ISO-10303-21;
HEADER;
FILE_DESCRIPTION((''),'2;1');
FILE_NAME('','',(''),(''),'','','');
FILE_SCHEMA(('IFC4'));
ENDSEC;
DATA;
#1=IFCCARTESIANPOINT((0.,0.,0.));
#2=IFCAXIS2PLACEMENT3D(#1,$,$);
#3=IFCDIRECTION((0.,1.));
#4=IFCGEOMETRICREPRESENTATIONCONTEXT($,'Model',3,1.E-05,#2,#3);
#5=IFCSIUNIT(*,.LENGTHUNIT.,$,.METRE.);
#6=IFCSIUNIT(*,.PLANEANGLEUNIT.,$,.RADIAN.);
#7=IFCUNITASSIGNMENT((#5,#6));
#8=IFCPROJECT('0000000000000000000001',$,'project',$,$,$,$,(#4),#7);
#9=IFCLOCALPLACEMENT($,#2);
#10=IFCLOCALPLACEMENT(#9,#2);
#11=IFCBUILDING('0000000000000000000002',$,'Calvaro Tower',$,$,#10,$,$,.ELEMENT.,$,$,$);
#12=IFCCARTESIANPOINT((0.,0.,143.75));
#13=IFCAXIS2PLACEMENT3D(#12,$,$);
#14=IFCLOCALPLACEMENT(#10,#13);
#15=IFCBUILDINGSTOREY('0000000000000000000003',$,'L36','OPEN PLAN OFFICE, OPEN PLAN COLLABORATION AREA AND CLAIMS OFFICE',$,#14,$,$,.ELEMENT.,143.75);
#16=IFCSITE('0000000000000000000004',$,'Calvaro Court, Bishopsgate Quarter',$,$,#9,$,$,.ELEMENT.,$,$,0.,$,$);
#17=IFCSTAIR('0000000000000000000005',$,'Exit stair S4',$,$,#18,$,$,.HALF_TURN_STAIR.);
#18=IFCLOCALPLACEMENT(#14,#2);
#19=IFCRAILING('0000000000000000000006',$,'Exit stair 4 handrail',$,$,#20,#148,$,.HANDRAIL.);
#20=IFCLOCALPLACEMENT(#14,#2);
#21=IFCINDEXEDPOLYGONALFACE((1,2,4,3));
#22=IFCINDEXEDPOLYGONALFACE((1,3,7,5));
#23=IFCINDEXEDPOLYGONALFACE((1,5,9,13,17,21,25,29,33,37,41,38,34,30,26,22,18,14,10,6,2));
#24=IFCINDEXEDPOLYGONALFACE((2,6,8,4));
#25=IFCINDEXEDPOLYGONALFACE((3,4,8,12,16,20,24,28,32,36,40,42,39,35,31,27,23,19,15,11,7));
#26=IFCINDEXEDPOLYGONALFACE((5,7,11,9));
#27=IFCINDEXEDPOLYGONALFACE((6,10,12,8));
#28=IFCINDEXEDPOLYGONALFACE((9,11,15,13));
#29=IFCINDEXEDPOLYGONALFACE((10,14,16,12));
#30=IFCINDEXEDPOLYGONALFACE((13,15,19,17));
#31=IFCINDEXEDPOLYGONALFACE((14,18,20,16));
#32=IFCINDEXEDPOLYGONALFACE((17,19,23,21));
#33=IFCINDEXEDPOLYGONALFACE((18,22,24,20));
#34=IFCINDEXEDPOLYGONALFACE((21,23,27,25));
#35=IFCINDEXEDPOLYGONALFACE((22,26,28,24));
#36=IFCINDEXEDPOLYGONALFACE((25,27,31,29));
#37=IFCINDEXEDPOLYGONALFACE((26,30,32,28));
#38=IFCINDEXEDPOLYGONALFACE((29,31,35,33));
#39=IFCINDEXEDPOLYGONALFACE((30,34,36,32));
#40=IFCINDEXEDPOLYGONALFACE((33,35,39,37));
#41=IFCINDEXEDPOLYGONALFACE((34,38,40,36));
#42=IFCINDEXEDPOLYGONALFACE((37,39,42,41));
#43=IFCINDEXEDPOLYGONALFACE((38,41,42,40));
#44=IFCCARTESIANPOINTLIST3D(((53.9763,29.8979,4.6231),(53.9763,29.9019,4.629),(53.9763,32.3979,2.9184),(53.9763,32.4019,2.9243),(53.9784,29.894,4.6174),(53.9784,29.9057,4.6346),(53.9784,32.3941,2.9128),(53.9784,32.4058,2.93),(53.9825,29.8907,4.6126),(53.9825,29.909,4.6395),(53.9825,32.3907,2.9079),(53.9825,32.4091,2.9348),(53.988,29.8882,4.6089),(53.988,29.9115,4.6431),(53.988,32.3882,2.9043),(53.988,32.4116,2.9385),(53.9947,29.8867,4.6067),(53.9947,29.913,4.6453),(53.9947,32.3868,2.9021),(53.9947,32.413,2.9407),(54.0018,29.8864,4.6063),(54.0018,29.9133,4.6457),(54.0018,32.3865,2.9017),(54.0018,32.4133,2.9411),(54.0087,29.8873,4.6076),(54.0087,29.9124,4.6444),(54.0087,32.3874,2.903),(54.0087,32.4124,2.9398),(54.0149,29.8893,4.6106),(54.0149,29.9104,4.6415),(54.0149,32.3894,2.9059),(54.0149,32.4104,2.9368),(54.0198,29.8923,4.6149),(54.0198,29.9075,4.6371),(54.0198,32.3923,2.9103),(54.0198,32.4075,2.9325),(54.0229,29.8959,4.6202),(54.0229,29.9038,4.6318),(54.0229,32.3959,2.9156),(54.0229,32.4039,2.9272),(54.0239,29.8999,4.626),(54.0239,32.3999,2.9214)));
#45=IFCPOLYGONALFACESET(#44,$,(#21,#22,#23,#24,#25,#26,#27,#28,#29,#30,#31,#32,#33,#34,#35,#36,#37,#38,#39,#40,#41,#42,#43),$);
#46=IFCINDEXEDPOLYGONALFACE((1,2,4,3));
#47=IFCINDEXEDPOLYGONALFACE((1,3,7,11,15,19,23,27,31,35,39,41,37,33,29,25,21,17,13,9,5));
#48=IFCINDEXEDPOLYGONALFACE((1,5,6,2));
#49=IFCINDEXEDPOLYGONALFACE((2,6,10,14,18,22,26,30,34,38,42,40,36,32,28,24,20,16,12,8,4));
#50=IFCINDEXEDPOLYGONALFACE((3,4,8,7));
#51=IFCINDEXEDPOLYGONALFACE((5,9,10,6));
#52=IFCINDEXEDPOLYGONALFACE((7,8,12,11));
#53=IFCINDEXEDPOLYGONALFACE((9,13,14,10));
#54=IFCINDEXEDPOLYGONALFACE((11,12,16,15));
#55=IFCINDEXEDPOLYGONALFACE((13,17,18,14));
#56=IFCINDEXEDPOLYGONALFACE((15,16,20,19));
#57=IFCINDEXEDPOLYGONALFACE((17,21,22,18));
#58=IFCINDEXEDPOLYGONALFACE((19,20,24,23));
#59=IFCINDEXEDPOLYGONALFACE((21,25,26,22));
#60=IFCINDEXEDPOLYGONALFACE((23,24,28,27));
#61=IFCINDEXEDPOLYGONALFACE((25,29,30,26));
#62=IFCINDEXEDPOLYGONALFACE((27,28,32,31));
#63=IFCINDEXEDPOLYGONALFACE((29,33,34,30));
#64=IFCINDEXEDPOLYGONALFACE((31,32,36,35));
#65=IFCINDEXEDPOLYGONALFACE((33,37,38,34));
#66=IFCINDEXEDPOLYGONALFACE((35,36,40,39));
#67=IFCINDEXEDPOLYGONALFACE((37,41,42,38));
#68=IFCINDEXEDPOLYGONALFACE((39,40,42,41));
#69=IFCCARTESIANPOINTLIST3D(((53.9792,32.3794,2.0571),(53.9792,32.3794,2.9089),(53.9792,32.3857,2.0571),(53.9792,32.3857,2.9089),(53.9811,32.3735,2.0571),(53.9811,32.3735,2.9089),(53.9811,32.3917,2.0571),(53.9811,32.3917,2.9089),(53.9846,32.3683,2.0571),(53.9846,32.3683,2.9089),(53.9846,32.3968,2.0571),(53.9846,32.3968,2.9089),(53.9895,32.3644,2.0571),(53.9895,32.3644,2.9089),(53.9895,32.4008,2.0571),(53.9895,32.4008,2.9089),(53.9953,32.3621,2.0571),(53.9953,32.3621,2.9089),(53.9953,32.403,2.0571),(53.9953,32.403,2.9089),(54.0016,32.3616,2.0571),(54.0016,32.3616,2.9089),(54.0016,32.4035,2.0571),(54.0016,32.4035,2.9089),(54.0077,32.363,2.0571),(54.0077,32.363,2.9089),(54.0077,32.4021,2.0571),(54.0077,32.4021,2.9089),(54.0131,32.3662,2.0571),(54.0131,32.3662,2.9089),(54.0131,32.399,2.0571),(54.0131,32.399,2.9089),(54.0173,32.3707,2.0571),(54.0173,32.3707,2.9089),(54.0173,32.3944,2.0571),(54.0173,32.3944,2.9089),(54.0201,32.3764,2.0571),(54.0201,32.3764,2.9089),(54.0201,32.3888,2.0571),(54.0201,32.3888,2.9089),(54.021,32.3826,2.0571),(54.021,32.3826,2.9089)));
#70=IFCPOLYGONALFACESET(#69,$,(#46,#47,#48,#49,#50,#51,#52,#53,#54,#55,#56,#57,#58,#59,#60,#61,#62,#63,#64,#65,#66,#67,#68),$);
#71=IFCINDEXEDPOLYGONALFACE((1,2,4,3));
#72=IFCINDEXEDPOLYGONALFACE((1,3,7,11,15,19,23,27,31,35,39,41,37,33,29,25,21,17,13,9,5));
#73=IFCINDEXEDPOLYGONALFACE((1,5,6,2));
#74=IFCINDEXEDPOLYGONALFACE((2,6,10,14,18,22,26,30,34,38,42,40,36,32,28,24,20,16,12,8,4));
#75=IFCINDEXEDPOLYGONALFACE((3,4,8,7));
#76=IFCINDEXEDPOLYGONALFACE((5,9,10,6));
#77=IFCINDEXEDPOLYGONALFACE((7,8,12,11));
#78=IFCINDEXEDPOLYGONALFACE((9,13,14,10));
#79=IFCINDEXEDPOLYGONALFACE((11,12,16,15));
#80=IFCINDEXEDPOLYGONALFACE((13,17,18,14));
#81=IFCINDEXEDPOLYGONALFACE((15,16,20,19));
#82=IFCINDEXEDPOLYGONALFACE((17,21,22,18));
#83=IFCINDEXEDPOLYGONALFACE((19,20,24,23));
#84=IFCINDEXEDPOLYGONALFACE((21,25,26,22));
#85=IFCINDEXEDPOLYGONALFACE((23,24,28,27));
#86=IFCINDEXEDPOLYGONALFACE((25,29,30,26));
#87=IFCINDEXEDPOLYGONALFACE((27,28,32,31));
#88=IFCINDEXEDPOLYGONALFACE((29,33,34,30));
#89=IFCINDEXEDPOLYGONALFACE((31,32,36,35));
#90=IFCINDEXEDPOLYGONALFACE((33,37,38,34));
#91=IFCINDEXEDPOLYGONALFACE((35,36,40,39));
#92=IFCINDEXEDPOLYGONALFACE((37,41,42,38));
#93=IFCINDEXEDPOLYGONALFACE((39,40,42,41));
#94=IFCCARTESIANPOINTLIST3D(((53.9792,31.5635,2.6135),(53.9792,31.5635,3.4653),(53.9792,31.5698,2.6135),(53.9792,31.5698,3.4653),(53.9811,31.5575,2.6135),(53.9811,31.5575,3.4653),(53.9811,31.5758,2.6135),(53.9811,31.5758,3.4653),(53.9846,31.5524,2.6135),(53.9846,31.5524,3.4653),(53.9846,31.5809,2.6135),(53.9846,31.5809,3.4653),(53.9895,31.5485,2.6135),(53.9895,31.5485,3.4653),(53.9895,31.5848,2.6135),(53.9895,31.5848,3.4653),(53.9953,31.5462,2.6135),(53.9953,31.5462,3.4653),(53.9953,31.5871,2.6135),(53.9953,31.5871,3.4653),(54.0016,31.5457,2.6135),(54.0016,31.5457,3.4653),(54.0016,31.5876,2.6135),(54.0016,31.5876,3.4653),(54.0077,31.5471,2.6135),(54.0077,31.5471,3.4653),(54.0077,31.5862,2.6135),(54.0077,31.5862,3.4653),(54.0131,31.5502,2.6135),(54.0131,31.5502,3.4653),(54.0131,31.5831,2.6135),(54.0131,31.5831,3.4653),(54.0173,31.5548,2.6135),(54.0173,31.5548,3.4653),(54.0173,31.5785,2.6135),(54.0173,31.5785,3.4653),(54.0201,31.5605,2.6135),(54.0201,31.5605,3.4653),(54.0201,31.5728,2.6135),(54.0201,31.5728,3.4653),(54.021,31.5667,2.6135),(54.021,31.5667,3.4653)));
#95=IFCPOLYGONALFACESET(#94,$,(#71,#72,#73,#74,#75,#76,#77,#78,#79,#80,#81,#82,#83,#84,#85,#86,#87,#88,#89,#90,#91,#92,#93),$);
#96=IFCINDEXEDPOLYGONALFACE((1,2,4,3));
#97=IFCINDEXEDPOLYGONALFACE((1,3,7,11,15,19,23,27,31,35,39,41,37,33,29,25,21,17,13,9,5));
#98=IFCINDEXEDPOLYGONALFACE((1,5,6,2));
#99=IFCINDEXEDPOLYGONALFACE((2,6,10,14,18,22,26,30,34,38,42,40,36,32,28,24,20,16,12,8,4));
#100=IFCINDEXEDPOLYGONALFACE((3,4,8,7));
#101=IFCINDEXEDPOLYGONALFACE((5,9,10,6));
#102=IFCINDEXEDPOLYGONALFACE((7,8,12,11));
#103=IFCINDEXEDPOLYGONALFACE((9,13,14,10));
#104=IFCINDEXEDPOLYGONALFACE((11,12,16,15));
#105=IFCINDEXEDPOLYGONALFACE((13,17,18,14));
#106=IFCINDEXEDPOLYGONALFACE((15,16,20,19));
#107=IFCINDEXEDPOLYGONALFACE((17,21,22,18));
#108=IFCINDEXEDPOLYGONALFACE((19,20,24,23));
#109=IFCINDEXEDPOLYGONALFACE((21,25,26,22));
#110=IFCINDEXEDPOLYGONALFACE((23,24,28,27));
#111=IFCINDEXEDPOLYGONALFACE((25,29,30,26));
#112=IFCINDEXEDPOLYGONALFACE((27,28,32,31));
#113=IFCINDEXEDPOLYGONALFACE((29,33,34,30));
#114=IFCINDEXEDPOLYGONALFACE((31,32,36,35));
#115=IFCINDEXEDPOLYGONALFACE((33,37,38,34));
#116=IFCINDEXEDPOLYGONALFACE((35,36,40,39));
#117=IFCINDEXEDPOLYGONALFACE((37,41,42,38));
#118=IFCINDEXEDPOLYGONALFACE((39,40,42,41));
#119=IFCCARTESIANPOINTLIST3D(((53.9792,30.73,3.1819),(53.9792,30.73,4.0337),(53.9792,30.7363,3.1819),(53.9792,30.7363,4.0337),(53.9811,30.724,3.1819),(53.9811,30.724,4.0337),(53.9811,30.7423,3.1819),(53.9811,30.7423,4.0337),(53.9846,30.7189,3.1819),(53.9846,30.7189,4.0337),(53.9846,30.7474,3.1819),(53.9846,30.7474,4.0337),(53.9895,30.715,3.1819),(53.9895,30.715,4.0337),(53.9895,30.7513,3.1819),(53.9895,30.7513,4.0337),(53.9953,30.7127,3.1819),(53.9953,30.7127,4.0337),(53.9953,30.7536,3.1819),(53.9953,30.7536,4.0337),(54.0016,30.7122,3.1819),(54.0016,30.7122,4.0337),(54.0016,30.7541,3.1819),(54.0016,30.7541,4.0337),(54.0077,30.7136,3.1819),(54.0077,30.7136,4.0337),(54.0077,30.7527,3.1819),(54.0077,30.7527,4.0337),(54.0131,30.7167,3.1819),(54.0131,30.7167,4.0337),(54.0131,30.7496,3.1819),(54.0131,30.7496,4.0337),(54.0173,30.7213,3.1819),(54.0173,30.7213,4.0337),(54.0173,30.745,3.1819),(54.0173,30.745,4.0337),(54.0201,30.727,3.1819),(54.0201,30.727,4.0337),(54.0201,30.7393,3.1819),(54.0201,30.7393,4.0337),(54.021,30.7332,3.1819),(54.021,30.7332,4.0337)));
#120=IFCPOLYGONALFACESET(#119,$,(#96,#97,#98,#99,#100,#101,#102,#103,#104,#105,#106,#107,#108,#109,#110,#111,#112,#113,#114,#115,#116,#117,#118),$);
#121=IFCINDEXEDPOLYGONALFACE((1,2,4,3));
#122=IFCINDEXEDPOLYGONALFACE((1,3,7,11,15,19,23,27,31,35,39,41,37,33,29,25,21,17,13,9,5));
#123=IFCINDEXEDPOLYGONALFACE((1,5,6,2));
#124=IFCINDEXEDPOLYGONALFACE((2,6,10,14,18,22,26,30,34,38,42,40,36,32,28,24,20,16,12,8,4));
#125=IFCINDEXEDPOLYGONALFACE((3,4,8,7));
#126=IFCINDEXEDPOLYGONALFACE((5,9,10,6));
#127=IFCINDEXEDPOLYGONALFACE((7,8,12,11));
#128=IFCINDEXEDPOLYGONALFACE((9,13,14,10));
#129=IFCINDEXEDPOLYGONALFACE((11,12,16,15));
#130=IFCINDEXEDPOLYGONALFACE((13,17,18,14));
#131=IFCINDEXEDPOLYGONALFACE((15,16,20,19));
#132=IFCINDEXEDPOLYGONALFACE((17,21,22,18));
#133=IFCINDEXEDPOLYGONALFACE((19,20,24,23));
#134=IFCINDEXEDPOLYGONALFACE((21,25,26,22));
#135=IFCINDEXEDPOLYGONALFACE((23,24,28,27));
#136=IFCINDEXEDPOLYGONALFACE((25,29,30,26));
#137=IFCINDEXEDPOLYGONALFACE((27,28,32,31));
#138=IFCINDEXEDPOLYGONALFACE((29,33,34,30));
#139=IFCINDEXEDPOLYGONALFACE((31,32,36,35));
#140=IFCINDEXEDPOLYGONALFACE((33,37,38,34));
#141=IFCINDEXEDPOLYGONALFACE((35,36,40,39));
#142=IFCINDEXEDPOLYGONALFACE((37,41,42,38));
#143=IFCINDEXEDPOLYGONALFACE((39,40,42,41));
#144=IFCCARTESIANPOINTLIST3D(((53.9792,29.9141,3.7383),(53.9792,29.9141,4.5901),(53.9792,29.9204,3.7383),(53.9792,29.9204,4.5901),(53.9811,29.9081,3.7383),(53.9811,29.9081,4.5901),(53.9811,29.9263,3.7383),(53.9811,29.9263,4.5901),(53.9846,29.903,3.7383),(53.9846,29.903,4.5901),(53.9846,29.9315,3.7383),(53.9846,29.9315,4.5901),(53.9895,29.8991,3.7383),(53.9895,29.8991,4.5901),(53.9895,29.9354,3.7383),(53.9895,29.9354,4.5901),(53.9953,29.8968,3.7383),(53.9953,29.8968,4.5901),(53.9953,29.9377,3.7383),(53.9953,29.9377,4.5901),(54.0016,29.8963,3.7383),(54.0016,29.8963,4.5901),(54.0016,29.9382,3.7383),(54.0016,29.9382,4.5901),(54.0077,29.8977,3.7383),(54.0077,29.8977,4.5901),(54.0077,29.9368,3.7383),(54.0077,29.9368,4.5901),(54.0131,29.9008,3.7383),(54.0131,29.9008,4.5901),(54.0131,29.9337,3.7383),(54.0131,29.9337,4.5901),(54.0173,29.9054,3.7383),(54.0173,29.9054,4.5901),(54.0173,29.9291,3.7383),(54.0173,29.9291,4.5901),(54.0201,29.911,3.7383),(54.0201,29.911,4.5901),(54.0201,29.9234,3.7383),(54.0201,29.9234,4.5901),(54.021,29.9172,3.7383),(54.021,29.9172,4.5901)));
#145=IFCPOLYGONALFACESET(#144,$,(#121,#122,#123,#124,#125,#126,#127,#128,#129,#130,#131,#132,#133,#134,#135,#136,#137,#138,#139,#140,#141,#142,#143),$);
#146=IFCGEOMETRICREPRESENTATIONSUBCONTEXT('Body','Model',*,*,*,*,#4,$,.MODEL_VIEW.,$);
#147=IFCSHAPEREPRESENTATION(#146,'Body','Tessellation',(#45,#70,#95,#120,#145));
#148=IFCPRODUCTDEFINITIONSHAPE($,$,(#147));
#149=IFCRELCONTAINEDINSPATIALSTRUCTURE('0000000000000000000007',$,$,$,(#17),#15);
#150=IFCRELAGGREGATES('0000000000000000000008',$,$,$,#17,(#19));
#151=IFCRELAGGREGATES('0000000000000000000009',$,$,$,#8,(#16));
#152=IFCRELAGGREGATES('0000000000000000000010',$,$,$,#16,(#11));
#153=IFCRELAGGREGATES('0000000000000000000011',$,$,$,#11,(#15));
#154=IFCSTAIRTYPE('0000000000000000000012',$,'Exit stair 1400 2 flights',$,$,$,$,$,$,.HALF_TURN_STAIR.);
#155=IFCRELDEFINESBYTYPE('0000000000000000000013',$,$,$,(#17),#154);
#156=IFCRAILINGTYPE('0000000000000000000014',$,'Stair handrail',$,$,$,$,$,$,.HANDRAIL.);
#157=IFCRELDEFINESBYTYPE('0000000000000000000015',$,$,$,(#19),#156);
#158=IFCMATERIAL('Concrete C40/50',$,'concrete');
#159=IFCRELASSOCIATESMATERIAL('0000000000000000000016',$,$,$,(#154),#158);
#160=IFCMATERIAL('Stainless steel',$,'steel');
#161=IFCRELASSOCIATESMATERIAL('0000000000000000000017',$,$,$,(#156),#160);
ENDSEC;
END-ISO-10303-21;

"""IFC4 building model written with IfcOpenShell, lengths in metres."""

from ifc_helpers import new_model, si_unit, direction, frame, origin, origin_2d, place, context, subcontext, project, spatial, circle, extrude, material, type_object, element, aggregate, save


model = new_model("IFC4")

# Units and contexts
model_context = context("Model", 3, precision=1e-05, world=origin(), true_north=direction((0.0, 1.0)))
body_context = subcontext(model_context, "Body", "Model", "MODEL_VIEW")
ifc_project = project(units=[si_unit("LENGTHUNIT", "METRE"), si_unit("PLANEANGLEUNIT", "RADIAN")], contexts=[model_context])

# Site, building, storey
site_placement = place(None, origin())
site = spatial("IfcSite", under=ifc_project, at=site_placement, Name="Calvaro Court, Bishopsgate Quarter", CompositionType="ELEMENT", RefElevation=0.0)
building_placement = place(site_placement, origin())
building = spatial("IfcBuilding", under=site, at=building_placement, Name="Calvaro Tower", CompositionType="ELEMENT")
storey_placement = place(building_placement, frame((0.0, 0.0, 143.75)))
storey = spatial("IfcBuildingStorey", under=building, at=storey_placement, Name="L36", Description="OPEN PLAN OFFICE, OPEN PLAN COLLABORATION AREA AND CLAIMS OFFICE", CompositionType="ELEMENT", Elevation=143.75)

# Shared definitions
ifc_material_1 = material(Name="Concrete C40/50", Category="concrete")
stair_type = type_object("IfcStairType", Name="Exit stair 1400 2 flights", PredefinedType="HALF_TURN_STAIR", material=ifc_material_1)

# Stair, railing
stair_1_placement = place(storey_placement, origin())
stair_1 = element("IfcStair", 1, at=stair_1_placement, inside=storey, type_object=stair_type, Name="Exit stair S4", PredefinedType="HALF_TURN_STAIR")
ifc_material_2 = material(Name="Stainless steel", Category="steel")
railing_type = type_object("IfcRailingType", Name="Stair handrail", PredefinedType="HANDRAIL", material=ifc_material_2)
railing_1_placement = place(storey_placement, frame((54.0, 32.3999, 2.0454)))
railing_1 = element("IfcRailing", 2, at=railing_1_placement, type_object=railing_type, Name="Exit stair 4 handrail", PredefinedType="HANDRAIL", context=body_context, shape_type="SweptSolid", body=[
    extrude(circle(Radius=0.0239, at=origin_2d()), frame((0.0, 0.0, 0.876), z_axis=(0.0, -0.826221, 0.563347), x_axis=(1.0, 0.0, 0.0)), (0.0, 0.0, 1.0), 3.0259),
    extrude(circle(Radius=0.021, at=origin_2d()), frame((0.0, -0.0173, 0.0117)), (0.0, 0.0, 1.0), 0.8518),
    extrude(circle(Radius=0.021, at=origin_2d()), frame((0.0, -0.8333, 0.5681)), (0.0, 0.0, 1.0), 0.8518),
    extrude(circle(Radius=0.021, at=origin_2d()), frame((0.0, -1.6667, 1.1365)), (0.0, 0.0, 1.0), 0.8518),
    extrude(circle(Radius=0.021, at=origin_2d()), frame((0.0, -2.4827, 1.6929)), (0.0, 0.0, 1.0), 0.8518),
])
aggregate(stair_1, [railing_1])

save(model, "model.ifc")
